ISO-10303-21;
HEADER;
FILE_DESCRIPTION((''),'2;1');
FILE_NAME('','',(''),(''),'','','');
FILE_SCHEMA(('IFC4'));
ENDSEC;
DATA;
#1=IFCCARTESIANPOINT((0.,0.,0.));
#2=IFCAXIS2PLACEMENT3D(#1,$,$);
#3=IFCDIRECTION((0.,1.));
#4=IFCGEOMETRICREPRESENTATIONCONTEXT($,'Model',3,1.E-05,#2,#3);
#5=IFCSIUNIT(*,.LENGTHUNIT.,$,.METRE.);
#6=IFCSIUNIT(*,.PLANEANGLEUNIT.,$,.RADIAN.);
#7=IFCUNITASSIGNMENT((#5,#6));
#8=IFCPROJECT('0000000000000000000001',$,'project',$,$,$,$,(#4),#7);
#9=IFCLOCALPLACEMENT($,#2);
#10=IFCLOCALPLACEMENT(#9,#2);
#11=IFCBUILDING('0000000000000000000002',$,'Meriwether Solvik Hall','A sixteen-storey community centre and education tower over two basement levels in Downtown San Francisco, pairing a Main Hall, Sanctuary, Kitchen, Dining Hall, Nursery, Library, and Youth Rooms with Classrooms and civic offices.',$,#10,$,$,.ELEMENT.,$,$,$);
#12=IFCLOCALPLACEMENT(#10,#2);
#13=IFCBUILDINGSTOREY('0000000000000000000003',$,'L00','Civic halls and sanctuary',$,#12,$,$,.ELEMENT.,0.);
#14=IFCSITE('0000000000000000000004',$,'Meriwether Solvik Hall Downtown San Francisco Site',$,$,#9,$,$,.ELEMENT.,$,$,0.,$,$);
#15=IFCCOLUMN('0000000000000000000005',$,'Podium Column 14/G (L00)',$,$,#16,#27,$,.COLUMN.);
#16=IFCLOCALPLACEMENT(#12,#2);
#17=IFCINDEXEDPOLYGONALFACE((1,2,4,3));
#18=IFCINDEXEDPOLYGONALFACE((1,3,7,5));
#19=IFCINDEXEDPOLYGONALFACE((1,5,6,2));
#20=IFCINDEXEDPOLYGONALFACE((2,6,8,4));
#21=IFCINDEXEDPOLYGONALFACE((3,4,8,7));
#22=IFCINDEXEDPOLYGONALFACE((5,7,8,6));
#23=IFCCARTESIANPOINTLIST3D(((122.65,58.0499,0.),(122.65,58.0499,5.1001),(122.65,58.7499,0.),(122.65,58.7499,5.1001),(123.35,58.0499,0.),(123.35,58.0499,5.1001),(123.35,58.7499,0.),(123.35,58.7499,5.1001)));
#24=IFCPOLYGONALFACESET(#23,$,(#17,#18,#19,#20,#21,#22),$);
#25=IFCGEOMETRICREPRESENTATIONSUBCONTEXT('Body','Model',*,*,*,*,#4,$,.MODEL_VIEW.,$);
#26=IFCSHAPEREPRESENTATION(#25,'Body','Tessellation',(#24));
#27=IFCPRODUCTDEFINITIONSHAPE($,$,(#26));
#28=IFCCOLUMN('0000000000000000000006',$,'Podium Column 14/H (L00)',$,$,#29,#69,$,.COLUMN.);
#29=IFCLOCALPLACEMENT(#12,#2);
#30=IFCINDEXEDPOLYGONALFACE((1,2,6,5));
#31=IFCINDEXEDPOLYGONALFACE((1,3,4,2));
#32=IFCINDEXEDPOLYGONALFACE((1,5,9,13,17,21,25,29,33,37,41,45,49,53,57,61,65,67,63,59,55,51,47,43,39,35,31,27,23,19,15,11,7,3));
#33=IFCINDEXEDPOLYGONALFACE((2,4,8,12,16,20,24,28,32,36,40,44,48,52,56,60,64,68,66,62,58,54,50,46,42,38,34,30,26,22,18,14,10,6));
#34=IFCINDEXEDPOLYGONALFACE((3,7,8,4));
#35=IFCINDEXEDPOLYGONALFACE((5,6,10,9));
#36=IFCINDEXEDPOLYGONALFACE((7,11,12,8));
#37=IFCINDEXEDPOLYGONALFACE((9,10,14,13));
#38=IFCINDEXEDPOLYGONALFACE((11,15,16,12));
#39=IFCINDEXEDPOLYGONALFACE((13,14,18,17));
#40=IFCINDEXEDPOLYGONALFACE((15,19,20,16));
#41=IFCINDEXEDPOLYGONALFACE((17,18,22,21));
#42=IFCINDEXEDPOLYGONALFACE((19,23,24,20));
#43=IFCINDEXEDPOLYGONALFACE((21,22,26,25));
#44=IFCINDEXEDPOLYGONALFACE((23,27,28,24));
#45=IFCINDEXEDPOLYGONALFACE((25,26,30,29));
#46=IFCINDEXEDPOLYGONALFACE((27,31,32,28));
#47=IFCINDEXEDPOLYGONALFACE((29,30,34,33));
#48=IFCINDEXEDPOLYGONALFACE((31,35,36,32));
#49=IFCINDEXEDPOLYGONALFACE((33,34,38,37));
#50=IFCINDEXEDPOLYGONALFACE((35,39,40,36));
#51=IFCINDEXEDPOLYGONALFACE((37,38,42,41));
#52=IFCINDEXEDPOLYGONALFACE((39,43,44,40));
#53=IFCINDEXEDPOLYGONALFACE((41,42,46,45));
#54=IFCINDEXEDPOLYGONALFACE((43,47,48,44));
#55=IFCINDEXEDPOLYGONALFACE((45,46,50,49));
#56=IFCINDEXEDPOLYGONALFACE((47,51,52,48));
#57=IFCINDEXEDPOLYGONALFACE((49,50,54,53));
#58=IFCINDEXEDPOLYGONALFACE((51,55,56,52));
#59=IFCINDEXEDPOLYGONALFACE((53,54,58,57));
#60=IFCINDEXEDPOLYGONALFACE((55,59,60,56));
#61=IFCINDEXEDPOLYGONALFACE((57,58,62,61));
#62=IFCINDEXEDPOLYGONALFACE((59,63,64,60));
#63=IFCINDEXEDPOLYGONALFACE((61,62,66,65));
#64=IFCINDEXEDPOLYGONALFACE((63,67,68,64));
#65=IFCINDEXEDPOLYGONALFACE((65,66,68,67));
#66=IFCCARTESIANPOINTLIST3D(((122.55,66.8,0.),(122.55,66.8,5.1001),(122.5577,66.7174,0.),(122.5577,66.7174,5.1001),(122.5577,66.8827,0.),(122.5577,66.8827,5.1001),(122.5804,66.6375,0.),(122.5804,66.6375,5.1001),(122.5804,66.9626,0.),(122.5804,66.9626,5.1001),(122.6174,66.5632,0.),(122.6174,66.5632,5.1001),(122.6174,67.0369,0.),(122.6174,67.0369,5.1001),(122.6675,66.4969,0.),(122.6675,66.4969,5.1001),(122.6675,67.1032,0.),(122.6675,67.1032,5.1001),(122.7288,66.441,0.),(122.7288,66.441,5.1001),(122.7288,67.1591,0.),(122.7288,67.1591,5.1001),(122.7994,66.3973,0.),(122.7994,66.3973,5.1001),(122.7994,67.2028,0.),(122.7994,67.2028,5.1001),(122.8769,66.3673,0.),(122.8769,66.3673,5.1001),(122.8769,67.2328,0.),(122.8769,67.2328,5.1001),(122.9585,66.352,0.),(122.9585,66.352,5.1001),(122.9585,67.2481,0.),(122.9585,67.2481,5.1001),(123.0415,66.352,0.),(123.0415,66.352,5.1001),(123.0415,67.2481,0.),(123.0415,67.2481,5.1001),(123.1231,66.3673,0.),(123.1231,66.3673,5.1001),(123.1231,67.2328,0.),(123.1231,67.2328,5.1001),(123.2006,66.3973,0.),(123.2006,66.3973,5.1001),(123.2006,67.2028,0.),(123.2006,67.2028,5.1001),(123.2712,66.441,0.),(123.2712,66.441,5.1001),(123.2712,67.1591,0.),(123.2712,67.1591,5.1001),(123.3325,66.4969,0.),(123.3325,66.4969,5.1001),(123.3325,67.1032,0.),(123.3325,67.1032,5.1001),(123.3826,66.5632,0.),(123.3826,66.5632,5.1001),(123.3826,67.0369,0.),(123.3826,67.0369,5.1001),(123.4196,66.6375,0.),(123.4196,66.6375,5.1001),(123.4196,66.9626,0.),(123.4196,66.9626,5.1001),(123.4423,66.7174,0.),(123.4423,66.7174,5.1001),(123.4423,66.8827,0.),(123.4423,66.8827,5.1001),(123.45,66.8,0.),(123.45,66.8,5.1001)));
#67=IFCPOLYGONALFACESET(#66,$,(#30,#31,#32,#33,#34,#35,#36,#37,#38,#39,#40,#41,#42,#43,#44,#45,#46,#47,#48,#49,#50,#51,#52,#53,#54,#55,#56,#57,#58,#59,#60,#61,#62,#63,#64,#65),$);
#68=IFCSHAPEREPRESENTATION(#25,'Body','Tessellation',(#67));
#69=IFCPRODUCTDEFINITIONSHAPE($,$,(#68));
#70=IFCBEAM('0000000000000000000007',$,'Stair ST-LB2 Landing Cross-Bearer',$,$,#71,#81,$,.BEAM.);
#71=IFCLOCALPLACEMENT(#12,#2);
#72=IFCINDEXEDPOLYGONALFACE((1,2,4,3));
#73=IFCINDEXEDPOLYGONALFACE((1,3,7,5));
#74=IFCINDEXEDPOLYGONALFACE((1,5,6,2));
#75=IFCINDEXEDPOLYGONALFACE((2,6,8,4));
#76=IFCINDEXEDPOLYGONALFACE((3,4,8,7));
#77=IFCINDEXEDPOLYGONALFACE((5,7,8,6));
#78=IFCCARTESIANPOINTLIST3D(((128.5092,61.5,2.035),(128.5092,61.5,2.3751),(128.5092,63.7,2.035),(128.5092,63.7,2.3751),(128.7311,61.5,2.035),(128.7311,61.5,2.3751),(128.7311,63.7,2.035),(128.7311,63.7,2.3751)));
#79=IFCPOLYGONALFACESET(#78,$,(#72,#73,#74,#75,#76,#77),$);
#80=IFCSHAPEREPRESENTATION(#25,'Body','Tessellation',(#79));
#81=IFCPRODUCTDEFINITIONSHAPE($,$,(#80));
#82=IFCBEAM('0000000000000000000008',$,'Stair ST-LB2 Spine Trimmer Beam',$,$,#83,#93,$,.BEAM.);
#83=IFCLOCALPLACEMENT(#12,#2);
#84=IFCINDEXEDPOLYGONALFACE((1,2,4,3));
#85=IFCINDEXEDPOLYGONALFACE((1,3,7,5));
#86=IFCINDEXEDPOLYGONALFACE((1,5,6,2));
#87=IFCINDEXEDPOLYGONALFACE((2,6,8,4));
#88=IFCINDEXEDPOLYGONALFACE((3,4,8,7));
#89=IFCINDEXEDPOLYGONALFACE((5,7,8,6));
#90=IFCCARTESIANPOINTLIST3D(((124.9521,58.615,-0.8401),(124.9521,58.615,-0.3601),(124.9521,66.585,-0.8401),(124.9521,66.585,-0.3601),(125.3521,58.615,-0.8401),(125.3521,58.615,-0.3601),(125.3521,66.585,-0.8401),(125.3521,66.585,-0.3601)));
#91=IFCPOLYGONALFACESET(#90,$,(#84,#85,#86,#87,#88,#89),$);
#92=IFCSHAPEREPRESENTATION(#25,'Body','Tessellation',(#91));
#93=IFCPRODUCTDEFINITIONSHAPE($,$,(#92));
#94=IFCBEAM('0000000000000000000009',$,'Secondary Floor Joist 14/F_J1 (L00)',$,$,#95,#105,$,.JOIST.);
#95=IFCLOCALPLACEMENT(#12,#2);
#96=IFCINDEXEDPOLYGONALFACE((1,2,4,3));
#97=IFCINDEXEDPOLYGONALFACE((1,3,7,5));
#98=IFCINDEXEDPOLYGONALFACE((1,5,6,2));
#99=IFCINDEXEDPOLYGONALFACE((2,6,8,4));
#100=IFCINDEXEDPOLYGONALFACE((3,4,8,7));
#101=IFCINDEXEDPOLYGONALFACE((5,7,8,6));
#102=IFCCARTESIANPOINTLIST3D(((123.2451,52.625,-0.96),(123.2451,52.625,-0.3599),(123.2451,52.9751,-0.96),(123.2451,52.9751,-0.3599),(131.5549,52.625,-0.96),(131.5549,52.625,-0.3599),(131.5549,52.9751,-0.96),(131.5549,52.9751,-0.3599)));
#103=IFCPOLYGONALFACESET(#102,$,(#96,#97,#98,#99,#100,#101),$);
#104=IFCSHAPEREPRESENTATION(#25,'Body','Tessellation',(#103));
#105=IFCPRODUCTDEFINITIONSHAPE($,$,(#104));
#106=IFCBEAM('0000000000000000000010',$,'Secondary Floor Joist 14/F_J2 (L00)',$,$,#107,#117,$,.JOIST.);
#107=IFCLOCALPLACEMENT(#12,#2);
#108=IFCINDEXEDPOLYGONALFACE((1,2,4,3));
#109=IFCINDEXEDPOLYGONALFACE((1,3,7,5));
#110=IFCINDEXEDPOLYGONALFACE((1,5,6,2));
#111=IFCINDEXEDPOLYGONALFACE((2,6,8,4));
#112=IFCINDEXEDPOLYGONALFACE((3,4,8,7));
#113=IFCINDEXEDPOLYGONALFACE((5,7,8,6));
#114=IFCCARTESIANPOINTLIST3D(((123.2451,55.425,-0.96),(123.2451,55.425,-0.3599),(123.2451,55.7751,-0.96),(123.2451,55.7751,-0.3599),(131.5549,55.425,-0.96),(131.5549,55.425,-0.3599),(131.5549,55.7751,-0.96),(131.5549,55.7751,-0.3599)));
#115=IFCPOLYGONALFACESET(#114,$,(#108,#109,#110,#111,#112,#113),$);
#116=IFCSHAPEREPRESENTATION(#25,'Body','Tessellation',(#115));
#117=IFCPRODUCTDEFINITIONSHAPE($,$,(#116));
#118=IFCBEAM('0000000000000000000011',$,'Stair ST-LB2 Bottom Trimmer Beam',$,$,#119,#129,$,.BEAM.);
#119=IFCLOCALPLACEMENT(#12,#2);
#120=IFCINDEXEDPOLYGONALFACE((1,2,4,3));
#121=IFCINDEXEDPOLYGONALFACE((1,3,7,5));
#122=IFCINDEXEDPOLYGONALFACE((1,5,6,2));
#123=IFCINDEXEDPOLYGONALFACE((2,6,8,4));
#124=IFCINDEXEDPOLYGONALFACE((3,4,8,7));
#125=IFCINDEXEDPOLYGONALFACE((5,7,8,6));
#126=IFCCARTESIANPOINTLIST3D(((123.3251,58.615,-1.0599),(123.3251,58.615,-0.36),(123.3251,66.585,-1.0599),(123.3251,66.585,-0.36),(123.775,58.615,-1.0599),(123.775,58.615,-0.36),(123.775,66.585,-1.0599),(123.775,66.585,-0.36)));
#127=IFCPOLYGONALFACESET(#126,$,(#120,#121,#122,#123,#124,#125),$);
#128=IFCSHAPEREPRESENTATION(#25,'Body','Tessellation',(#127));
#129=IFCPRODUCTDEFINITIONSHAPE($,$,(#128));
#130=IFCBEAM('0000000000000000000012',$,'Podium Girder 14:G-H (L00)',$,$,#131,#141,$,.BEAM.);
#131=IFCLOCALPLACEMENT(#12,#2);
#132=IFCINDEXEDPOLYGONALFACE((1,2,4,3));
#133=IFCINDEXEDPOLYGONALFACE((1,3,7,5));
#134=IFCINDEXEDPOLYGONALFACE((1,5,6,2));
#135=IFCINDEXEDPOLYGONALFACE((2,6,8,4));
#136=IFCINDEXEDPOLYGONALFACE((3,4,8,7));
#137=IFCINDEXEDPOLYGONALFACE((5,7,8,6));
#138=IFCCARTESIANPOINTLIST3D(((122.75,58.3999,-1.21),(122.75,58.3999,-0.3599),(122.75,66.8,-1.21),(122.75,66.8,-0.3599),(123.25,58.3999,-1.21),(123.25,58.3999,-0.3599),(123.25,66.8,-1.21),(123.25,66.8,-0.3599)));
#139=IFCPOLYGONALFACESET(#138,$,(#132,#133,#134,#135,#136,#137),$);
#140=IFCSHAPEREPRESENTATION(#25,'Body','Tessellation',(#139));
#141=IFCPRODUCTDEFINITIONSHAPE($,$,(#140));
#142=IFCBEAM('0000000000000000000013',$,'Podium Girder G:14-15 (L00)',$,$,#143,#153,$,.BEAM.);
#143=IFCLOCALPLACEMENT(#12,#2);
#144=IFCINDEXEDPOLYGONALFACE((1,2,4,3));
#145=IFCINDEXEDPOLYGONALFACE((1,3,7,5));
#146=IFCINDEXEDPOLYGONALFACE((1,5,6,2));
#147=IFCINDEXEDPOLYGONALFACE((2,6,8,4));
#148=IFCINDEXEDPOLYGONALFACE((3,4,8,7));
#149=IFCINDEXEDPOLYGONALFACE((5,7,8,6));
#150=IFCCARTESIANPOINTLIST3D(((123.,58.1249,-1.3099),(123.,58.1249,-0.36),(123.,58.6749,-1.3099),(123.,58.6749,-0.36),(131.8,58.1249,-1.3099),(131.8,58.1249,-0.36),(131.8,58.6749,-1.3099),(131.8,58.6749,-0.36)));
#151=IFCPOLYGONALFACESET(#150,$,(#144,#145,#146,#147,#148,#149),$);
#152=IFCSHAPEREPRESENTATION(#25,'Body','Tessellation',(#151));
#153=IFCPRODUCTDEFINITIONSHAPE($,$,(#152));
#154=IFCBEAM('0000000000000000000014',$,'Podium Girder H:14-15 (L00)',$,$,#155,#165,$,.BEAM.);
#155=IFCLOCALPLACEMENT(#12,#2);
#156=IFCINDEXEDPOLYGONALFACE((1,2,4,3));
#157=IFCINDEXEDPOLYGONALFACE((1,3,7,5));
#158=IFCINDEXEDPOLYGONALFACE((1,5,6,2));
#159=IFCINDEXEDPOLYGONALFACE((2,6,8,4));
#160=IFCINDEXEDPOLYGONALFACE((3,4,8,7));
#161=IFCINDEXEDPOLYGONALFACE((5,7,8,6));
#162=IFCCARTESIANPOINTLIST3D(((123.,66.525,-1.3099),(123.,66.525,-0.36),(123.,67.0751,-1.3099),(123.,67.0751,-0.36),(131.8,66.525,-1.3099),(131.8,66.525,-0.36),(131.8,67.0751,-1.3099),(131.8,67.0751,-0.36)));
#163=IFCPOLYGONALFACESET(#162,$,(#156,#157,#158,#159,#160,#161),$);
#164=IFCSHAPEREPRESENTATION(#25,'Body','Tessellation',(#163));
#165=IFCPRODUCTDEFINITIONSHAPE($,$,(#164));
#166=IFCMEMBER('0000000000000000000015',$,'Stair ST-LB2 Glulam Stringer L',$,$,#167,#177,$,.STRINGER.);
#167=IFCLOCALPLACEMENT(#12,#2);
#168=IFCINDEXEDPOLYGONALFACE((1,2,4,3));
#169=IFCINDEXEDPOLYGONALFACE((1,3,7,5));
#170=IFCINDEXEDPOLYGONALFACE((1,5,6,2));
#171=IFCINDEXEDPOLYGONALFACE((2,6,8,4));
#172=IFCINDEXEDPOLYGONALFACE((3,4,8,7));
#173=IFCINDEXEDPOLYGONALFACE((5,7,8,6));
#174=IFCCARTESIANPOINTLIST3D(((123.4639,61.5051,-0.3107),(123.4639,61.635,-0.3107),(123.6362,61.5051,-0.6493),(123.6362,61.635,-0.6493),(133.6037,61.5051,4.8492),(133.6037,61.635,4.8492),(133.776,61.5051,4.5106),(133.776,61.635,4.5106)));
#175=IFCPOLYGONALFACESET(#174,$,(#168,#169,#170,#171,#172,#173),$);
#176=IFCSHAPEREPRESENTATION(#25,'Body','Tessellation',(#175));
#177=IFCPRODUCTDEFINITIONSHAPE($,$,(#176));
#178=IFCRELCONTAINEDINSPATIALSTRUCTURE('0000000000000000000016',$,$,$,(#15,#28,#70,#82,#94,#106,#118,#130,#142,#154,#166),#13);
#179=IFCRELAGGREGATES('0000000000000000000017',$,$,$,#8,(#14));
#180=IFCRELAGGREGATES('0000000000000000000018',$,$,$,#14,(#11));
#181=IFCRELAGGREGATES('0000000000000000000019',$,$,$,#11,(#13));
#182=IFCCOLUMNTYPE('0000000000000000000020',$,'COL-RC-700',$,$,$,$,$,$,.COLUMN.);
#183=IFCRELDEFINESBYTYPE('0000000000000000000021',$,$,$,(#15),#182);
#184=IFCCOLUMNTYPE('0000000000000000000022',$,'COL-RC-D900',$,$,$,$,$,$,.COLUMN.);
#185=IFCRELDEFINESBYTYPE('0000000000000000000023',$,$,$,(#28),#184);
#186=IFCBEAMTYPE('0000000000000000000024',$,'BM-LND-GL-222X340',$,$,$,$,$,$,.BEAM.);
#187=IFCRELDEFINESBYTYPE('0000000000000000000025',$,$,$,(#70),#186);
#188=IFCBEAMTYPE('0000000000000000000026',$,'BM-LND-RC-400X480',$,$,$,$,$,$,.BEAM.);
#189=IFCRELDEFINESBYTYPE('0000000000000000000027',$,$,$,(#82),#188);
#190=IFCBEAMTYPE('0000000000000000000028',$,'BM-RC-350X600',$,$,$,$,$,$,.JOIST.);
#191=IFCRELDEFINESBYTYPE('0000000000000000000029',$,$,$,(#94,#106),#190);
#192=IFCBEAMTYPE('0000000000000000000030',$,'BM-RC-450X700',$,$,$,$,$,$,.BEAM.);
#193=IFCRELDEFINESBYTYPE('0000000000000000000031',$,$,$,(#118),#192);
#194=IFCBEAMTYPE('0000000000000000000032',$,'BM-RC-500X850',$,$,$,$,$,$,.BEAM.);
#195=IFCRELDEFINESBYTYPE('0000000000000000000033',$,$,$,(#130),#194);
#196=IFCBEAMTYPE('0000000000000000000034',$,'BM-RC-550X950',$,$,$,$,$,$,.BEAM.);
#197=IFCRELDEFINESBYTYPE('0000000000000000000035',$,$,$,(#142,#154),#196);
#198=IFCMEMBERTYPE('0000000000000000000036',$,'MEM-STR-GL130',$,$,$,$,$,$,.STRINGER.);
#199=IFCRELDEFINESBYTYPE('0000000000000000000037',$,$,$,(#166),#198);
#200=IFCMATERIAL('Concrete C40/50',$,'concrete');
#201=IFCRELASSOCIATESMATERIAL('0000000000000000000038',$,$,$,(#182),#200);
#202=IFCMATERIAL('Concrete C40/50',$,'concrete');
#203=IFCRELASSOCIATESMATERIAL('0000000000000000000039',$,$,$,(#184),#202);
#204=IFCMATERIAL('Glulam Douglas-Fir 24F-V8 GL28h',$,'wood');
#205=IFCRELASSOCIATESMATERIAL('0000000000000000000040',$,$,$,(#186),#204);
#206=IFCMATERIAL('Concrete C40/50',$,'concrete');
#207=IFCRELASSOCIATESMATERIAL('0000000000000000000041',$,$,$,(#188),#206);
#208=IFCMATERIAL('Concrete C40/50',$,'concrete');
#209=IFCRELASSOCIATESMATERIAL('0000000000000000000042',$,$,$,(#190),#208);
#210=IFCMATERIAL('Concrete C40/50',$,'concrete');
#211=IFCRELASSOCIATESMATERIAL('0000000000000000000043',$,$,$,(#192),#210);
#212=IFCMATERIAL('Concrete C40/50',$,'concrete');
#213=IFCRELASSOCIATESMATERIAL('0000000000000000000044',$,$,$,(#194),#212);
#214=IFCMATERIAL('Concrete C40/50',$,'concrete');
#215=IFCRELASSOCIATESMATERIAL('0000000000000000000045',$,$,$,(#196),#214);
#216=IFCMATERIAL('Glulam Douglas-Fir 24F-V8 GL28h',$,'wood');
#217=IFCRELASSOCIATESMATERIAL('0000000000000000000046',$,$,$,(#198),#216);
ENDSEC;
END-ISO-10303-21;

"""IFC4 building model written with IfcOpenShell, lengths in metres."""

from ifc_helpers import new_model, si_unit, direction, frame, origin, origin_2d, place, context, subcontext, project, spatial, rectangle, circle, extrude, material, material_profile, profile_set, type_object, element, save


model = new_model("IFC4")

# Units and contexts
model_context = context("Model", 3, precision=1e-05, world=origin(), true_north=direction((0.0, 1.0)))
body_context = subcontext(model_context, "Body", "Model", "MODEL_VIEW")
ifc_project = project(units=[si_unit("LENGTHUNIT", "METRE"), si_unit("PLANEANGLEUNIT", "RADIAN")], contexts=[model_context])

# Site, building, storey
site_placement = place(None, origin())
site = spatial("IfcSite", under=ifc_project, at=site_placement, Name="Meriwether Solvik Hall Downtown San Francisco Site", CompositionType="ELEMENT", RefElevation=0.0)
building_placement = place(site_placement, origin())
building = spatial("IfcBuilding", under=site, at=building_placement, Name="Meriwether Solvik Hall", Description="A sixteen-storey community centre and education tower over two basement levels in Downtown San Francisco, pairing a Main Hall, Sanctuary, Kitchen, Dining Hall, Nursery, Library, and Youth Rooms with Classrooms and civic offices.", CompositionType="ELEMENT")
storey_placement = place(building_placement, origin())
storey = spatial("IfcBuildingStorey", under=building, at=storey_placement, Name="L00", Description="Civic halls and sanctuary", CompositionType="ELEMENT", Elevation=0.0)

# Columns
ifc_material_1 = material(Name="Concrete C40/50", Category="concrete")
ifc_material_profile_1 = material_profile(ifc_material_1, rectangle(XDim=0.7, YDim=0.7, at=origin_2d()), Name="RCC-700X700")
ifc_profile_set_1 = profile_set([ifc_material_profile_1], Name="Concrete C40/50")
column_type_1 = type_object("IfcColumnType", Name="COL-RC-700", PredefinedType="COLUMN", material=ifc_profile_set_1)
column_1_placement = place(storey_placement, frame((123.0, 58.3999, 0.0), z_axis=(0.0, 0.0, 1.0), x_axis=(1.0, 0.0, 0.0)))
element("IfcColumn", 1, at=column_1_placement, inside=storey, type_object=column_type_1, Name="Podium Column 14/G (L00)", PredefinedType="COLUMN", context=body_context, shape_type="SweptSolid", body=[
    extrude(rectangle(XDim=0.7, YDim=0.7, at=origin_2d()), origin(), (0.0, 0.0, 1.0), 5.1001),
])
ifc_material_2 = material(Name="Concrete C40/50", Category="concrete")
ifc_material_profile_2 = material_profile(ifc_material_2, circle(Radius=0.45, at=origin_2d()), Name="RCC-D900")
ifc_profile_set_2 = profile_set([ifc_material_profile_2], Name="Concrete C40/50")
column_type_2 = type_object("IfcColumnType", Name="COL-RC-D900", PredefinedType="COLUMN", material=ifc_profile_set_2)
column_2_placement = place(storey_placement, frame((123.0, 66.8, 0.0), z_axis=(0.0, 0.0, 1.0), x_axis=(1.0, 0.0, 0.0)))
element("IfcColumn", 2, at=column_2_placement, inside=storey, type_object=column_type_2, Name="Podium Column 14/H (L00)", PredefinedType="COLUMN", context=body_context, shape_type="SweptSolid", body=[
    extrude(circle(Radius=0.45, at=origin_2d()), origin(), (0.0, 0.0, 1.0), 5.1001),
])

# Beams
ifc_material_3 = material(Name="Glulam Douglas-Fir 24F-V8 GL28h", Category="wood")
ifc_material_profile_3 = material_profile(ifc_material_3, rectangle(XDim=0.2219, YDim=0.3401, at=origin_2d()), Name="GLB-222X340")
ifc_profile_set_3 = profile_set([ifc_material_profile_3], Name="Glulam Douglas-Fir 24F-V8 GL28h")
beam_type_1 = type_object("IfcBeamType", Name="BM-LND-GL-222X340", PredefinedType="BEAM", material=ifc_profile_set_3)
beam_1_placement = place(storey_placement, frame((128.6201, 61.5, 2.2051), z_axis=(0.0, 1.0, 0.0), x_axis=(-1.0, 0.0, 0.0)))
element("IfcBeam", 3, at=beam_1_placement, inside=storey, type_object=beam_type_1, Name="Stair ST-LB2 Landing Cross-Bearer", PredefinedType="BEAM", context=body_context, shape_type="SweptSolid", body=[
    extrude(rectangle(XDim=0.2219, YDim=0.3401, at=origin_2d()), origin(), (0.0, 0.0, 1.0), 2.2),
])
ifc_material_4 = material(Name="Concrete C40/50", Category="concrete")
ifc_material_profile_4 = material_profile(ifc_material_4, rectangle(XDim=0.3999, YDim=0.48, at=origin_2d()), Name="RCB-400X480")
ifc_profile_set_4 = profile_set([ifc_material_profile_4], Name="Concrete C40/50")
beam_type_2 = type_object("IfcBeamType", Name="BM-LND-RC-400X480", PredefinedType="BEAM", material=ifc_profile_set_4)
beam_2_placement = place(storey_placement, frame((125.1521, 58.615, -0.6001), z_axis=(0.0, 1.0, 0.0), x_axis=(-1.0, 0.0, 0.0)))
element("IfcBeam", 4, at=beam_2_placement, inside=storey, type_object=beam_type_2, Name="Stair ST-LB2 Spine Trimmer Beam", PredefinedType="BEAM", context=body_context, shape_type="SweptSolid", body=[
    extrude(rectangle(XDim=0.3999, YDim=0.48, at=origin_2d()), origin(), (0.0, 0.0, 1.0), 7.97),
])
ifc_material_5 = material(Name="Concrete C40/50", Category="concrete")
ifc_material_profile_5 = material_profile(ifc_material_5, rectangle(XDim=0.3501, YDim=0.6001, at=origin_2d()), Name="RCB-350X600")
ifc_profile_set_5 = profile_set([ifc_material_profile_5], Name="Concrete C40/50")
beam_type_3 = type_object("IfcBeamType", Name="BM-RC-350X600", PredefinedType="JOIST", material=ifc_profile_set_5)
for number, where, z_axis, x_axis, name in (
    (5, (123.2451, 52.8, -0.6599), (1.0, 0.0, 0.0), (0.0, 1.0, 0.0), "Secondary Floor Joist 14/F_J1 (L00)"),
    (6, (123.2451, 55.6001, -0.6599), (1.0, 0.0, 0.0), (0.0, 1.0, 0.0), "Secondary Floor Joist 14/F_J2 (L00)"),
):
    element("IfcBeam", number, at=place(storey_placement, frame(where, z_axis=z_axis, x_axis=x_axis)), inside=storey, type_object=beam_type_3, Name=name, PredefinedType="JOIST", context=body_context, shape_type="SweptSolid", body=[
        extrude(rectangle(XDim=0.3501, YDim=0.6001, at=origin_2d()), origin(), (0.0, 0.0, 1.0), 8.3098),
    ])
ifc_material_6 = material(Name="Concrete C40/50", Category="concrete")
ifc_material_profile_6 = material_profile(ifc_material_6, rectangle(XDim=0.45, YDim=0.7, at=origin_2d()), Name="RCB-450X700")
ifc_profile_set_6 = profile_set([ifc_material_profile_6], Name="Concrete C40/50")
beam_type_4 = type_object("IfcBeamType", Name="BM-RC-450X700", PredefinedType="BEAM", material=ifc_profile_set_6)
beam_3_placement = place(storey_placement, frame((123.55, 58.615, -0.71), z_axis=(0.0, 1.0, 0.0), x_axis=(-1.0, 0.0, 0.0)))
element("IfcBeam", 7, at=beam_3_placement, inside=storey, type_object=beam_type_4, Name="Stair ST-LB2 Bottom Trimmer Beam", PredefinedType="BEAM", context=body_context, shape_type="SweptSolid", body=[
    extrude(rectangle(XDim=0.45, YDim=0.7, at=origin_2d()), origin(), (0.0, 0.0, 1.0), 7.97),
])
ifc_material_7 = material(Name="Concrete C40/50", Category="concrete")
ifc_material_profile_7 = material_profile(ifc_material_7, rectangle(XDim=0.5, YDim=0.8501, at=origin_2d()), Name="RCB-500X850")
ifc_profile_set_7 = profile_set([ifc_material_profile_7], Name="Concrete C40/50")
beam_type_5 = type_object("IfcBeamType", Name="BM-RC-500X850", PredefinedType="BEAM", material=ifc_profile_set_7)
beam_4_placement = place(storey_placement, frame((123.0, 58.3999, -0.7849), z_axis=(0.0, 1.0, 0.0), x_axis=(-1.0, 0.0, 0.0)))
element("IfcBeam", 8, at=beam_4_placement, inside=storey, type_object=beam_type_5, Name="Podium Girder 14:G-H (L00)", PredefinedType="BEAM", context=body_context, shape_type="SweptSolid", body=[
    extrude(rectangle(XDim=0.5, YDim=0.8501, at=origin_2d()), origin(), (0.0, 0.0, 1.0), 8.4001),
])
ifc_material_8 = material(Name="Concrete C40/50", Category="concrete")
ifc_material_profile_8 = material_profile(ifc_material_8, rectangle(XDim=0.55, YDim=0.95, at=origin_2d()), Name="RCB-550X950")
ifc_profile_set_8 = profile_set([ifc_material_profile_8], Name="Concrete C40/50")
beam_type_6 = type_object("IfcBeamType", Name="BM-RC-550X950", PredefinedType="BEAM", material=ifc_profile_set_8)
for number, where, z_axis, x_axis, name in (
    (9, (123.0, 58.3999, -0.835), (1.0, 0.0, 0.0), (0.0, 1.0, 0.0), "Podium Girder G:14-15 (L00)"),
    (10, (123.0, 66.8, -0.835), (1.0, 0.0, 0.0), (0.0, 1.0, 0.0), "Podium Girder H:14-15 (L00)"),
):
    element("IfcBeam", number, at=place(storey_placement, frame(where, z_axis=z_axis, x_axis=x_axis)), inside=storey, type_object=beam_type_6, Name=name, PredefinedType="BEAM", context=body_context, shape_type="SweptSolid", body=[
        extrude(rectangle(XDim=0.55, YDim=0.95, at=origin_2d()), origin(), (0.0, 0.0, 1.0), 8.8),
    ])

# Member
ifc_material_9 = material(Name="Glulam Douglas-Fir 24F-V8 GL28h", Category="wood")
ifc_material_profile_9 = material_profile(ifc_material_9, rectangle(XDim=0.1299, YDim=0.3799, at=origin_2d()), Name="GLM-130X380")
ifc_profile_set_9 = profile_set([ifc_material_profile_9], Name="Glulam Douglas-Fir 24F-V8 GL28h")
member_type = type_object("IfcMemberType", Name="MEM-STR-GL130", PredefinedType="STRINGER", material=ifc_profile_set_9)
for number, where, z_axis, x_axis, name in (
    (11, (123.55, 61.5701, -0.48), (0.891242, 0.0, 0.453528), (0.0, 1.0, 0.0), "Stair ST-LB2 Glulam Stringer L"),
):
    element("IfcMember", number, at=place(storey_placement, frame(where, z_axis=z_axis, x_axis=x_axis)), inside=storey, type_object=member_type, Name=name, PredefinedType="STRINGER", context=body_context, shape_type="SweptSolid", body=[
        extrude(rectangle(XDim=0.1299, YDim=0.3799, at=origin_2d()), origin(), (0.0, 0.0, 1.0), 11.3772),
    ])

save(model, "model.ifc")
